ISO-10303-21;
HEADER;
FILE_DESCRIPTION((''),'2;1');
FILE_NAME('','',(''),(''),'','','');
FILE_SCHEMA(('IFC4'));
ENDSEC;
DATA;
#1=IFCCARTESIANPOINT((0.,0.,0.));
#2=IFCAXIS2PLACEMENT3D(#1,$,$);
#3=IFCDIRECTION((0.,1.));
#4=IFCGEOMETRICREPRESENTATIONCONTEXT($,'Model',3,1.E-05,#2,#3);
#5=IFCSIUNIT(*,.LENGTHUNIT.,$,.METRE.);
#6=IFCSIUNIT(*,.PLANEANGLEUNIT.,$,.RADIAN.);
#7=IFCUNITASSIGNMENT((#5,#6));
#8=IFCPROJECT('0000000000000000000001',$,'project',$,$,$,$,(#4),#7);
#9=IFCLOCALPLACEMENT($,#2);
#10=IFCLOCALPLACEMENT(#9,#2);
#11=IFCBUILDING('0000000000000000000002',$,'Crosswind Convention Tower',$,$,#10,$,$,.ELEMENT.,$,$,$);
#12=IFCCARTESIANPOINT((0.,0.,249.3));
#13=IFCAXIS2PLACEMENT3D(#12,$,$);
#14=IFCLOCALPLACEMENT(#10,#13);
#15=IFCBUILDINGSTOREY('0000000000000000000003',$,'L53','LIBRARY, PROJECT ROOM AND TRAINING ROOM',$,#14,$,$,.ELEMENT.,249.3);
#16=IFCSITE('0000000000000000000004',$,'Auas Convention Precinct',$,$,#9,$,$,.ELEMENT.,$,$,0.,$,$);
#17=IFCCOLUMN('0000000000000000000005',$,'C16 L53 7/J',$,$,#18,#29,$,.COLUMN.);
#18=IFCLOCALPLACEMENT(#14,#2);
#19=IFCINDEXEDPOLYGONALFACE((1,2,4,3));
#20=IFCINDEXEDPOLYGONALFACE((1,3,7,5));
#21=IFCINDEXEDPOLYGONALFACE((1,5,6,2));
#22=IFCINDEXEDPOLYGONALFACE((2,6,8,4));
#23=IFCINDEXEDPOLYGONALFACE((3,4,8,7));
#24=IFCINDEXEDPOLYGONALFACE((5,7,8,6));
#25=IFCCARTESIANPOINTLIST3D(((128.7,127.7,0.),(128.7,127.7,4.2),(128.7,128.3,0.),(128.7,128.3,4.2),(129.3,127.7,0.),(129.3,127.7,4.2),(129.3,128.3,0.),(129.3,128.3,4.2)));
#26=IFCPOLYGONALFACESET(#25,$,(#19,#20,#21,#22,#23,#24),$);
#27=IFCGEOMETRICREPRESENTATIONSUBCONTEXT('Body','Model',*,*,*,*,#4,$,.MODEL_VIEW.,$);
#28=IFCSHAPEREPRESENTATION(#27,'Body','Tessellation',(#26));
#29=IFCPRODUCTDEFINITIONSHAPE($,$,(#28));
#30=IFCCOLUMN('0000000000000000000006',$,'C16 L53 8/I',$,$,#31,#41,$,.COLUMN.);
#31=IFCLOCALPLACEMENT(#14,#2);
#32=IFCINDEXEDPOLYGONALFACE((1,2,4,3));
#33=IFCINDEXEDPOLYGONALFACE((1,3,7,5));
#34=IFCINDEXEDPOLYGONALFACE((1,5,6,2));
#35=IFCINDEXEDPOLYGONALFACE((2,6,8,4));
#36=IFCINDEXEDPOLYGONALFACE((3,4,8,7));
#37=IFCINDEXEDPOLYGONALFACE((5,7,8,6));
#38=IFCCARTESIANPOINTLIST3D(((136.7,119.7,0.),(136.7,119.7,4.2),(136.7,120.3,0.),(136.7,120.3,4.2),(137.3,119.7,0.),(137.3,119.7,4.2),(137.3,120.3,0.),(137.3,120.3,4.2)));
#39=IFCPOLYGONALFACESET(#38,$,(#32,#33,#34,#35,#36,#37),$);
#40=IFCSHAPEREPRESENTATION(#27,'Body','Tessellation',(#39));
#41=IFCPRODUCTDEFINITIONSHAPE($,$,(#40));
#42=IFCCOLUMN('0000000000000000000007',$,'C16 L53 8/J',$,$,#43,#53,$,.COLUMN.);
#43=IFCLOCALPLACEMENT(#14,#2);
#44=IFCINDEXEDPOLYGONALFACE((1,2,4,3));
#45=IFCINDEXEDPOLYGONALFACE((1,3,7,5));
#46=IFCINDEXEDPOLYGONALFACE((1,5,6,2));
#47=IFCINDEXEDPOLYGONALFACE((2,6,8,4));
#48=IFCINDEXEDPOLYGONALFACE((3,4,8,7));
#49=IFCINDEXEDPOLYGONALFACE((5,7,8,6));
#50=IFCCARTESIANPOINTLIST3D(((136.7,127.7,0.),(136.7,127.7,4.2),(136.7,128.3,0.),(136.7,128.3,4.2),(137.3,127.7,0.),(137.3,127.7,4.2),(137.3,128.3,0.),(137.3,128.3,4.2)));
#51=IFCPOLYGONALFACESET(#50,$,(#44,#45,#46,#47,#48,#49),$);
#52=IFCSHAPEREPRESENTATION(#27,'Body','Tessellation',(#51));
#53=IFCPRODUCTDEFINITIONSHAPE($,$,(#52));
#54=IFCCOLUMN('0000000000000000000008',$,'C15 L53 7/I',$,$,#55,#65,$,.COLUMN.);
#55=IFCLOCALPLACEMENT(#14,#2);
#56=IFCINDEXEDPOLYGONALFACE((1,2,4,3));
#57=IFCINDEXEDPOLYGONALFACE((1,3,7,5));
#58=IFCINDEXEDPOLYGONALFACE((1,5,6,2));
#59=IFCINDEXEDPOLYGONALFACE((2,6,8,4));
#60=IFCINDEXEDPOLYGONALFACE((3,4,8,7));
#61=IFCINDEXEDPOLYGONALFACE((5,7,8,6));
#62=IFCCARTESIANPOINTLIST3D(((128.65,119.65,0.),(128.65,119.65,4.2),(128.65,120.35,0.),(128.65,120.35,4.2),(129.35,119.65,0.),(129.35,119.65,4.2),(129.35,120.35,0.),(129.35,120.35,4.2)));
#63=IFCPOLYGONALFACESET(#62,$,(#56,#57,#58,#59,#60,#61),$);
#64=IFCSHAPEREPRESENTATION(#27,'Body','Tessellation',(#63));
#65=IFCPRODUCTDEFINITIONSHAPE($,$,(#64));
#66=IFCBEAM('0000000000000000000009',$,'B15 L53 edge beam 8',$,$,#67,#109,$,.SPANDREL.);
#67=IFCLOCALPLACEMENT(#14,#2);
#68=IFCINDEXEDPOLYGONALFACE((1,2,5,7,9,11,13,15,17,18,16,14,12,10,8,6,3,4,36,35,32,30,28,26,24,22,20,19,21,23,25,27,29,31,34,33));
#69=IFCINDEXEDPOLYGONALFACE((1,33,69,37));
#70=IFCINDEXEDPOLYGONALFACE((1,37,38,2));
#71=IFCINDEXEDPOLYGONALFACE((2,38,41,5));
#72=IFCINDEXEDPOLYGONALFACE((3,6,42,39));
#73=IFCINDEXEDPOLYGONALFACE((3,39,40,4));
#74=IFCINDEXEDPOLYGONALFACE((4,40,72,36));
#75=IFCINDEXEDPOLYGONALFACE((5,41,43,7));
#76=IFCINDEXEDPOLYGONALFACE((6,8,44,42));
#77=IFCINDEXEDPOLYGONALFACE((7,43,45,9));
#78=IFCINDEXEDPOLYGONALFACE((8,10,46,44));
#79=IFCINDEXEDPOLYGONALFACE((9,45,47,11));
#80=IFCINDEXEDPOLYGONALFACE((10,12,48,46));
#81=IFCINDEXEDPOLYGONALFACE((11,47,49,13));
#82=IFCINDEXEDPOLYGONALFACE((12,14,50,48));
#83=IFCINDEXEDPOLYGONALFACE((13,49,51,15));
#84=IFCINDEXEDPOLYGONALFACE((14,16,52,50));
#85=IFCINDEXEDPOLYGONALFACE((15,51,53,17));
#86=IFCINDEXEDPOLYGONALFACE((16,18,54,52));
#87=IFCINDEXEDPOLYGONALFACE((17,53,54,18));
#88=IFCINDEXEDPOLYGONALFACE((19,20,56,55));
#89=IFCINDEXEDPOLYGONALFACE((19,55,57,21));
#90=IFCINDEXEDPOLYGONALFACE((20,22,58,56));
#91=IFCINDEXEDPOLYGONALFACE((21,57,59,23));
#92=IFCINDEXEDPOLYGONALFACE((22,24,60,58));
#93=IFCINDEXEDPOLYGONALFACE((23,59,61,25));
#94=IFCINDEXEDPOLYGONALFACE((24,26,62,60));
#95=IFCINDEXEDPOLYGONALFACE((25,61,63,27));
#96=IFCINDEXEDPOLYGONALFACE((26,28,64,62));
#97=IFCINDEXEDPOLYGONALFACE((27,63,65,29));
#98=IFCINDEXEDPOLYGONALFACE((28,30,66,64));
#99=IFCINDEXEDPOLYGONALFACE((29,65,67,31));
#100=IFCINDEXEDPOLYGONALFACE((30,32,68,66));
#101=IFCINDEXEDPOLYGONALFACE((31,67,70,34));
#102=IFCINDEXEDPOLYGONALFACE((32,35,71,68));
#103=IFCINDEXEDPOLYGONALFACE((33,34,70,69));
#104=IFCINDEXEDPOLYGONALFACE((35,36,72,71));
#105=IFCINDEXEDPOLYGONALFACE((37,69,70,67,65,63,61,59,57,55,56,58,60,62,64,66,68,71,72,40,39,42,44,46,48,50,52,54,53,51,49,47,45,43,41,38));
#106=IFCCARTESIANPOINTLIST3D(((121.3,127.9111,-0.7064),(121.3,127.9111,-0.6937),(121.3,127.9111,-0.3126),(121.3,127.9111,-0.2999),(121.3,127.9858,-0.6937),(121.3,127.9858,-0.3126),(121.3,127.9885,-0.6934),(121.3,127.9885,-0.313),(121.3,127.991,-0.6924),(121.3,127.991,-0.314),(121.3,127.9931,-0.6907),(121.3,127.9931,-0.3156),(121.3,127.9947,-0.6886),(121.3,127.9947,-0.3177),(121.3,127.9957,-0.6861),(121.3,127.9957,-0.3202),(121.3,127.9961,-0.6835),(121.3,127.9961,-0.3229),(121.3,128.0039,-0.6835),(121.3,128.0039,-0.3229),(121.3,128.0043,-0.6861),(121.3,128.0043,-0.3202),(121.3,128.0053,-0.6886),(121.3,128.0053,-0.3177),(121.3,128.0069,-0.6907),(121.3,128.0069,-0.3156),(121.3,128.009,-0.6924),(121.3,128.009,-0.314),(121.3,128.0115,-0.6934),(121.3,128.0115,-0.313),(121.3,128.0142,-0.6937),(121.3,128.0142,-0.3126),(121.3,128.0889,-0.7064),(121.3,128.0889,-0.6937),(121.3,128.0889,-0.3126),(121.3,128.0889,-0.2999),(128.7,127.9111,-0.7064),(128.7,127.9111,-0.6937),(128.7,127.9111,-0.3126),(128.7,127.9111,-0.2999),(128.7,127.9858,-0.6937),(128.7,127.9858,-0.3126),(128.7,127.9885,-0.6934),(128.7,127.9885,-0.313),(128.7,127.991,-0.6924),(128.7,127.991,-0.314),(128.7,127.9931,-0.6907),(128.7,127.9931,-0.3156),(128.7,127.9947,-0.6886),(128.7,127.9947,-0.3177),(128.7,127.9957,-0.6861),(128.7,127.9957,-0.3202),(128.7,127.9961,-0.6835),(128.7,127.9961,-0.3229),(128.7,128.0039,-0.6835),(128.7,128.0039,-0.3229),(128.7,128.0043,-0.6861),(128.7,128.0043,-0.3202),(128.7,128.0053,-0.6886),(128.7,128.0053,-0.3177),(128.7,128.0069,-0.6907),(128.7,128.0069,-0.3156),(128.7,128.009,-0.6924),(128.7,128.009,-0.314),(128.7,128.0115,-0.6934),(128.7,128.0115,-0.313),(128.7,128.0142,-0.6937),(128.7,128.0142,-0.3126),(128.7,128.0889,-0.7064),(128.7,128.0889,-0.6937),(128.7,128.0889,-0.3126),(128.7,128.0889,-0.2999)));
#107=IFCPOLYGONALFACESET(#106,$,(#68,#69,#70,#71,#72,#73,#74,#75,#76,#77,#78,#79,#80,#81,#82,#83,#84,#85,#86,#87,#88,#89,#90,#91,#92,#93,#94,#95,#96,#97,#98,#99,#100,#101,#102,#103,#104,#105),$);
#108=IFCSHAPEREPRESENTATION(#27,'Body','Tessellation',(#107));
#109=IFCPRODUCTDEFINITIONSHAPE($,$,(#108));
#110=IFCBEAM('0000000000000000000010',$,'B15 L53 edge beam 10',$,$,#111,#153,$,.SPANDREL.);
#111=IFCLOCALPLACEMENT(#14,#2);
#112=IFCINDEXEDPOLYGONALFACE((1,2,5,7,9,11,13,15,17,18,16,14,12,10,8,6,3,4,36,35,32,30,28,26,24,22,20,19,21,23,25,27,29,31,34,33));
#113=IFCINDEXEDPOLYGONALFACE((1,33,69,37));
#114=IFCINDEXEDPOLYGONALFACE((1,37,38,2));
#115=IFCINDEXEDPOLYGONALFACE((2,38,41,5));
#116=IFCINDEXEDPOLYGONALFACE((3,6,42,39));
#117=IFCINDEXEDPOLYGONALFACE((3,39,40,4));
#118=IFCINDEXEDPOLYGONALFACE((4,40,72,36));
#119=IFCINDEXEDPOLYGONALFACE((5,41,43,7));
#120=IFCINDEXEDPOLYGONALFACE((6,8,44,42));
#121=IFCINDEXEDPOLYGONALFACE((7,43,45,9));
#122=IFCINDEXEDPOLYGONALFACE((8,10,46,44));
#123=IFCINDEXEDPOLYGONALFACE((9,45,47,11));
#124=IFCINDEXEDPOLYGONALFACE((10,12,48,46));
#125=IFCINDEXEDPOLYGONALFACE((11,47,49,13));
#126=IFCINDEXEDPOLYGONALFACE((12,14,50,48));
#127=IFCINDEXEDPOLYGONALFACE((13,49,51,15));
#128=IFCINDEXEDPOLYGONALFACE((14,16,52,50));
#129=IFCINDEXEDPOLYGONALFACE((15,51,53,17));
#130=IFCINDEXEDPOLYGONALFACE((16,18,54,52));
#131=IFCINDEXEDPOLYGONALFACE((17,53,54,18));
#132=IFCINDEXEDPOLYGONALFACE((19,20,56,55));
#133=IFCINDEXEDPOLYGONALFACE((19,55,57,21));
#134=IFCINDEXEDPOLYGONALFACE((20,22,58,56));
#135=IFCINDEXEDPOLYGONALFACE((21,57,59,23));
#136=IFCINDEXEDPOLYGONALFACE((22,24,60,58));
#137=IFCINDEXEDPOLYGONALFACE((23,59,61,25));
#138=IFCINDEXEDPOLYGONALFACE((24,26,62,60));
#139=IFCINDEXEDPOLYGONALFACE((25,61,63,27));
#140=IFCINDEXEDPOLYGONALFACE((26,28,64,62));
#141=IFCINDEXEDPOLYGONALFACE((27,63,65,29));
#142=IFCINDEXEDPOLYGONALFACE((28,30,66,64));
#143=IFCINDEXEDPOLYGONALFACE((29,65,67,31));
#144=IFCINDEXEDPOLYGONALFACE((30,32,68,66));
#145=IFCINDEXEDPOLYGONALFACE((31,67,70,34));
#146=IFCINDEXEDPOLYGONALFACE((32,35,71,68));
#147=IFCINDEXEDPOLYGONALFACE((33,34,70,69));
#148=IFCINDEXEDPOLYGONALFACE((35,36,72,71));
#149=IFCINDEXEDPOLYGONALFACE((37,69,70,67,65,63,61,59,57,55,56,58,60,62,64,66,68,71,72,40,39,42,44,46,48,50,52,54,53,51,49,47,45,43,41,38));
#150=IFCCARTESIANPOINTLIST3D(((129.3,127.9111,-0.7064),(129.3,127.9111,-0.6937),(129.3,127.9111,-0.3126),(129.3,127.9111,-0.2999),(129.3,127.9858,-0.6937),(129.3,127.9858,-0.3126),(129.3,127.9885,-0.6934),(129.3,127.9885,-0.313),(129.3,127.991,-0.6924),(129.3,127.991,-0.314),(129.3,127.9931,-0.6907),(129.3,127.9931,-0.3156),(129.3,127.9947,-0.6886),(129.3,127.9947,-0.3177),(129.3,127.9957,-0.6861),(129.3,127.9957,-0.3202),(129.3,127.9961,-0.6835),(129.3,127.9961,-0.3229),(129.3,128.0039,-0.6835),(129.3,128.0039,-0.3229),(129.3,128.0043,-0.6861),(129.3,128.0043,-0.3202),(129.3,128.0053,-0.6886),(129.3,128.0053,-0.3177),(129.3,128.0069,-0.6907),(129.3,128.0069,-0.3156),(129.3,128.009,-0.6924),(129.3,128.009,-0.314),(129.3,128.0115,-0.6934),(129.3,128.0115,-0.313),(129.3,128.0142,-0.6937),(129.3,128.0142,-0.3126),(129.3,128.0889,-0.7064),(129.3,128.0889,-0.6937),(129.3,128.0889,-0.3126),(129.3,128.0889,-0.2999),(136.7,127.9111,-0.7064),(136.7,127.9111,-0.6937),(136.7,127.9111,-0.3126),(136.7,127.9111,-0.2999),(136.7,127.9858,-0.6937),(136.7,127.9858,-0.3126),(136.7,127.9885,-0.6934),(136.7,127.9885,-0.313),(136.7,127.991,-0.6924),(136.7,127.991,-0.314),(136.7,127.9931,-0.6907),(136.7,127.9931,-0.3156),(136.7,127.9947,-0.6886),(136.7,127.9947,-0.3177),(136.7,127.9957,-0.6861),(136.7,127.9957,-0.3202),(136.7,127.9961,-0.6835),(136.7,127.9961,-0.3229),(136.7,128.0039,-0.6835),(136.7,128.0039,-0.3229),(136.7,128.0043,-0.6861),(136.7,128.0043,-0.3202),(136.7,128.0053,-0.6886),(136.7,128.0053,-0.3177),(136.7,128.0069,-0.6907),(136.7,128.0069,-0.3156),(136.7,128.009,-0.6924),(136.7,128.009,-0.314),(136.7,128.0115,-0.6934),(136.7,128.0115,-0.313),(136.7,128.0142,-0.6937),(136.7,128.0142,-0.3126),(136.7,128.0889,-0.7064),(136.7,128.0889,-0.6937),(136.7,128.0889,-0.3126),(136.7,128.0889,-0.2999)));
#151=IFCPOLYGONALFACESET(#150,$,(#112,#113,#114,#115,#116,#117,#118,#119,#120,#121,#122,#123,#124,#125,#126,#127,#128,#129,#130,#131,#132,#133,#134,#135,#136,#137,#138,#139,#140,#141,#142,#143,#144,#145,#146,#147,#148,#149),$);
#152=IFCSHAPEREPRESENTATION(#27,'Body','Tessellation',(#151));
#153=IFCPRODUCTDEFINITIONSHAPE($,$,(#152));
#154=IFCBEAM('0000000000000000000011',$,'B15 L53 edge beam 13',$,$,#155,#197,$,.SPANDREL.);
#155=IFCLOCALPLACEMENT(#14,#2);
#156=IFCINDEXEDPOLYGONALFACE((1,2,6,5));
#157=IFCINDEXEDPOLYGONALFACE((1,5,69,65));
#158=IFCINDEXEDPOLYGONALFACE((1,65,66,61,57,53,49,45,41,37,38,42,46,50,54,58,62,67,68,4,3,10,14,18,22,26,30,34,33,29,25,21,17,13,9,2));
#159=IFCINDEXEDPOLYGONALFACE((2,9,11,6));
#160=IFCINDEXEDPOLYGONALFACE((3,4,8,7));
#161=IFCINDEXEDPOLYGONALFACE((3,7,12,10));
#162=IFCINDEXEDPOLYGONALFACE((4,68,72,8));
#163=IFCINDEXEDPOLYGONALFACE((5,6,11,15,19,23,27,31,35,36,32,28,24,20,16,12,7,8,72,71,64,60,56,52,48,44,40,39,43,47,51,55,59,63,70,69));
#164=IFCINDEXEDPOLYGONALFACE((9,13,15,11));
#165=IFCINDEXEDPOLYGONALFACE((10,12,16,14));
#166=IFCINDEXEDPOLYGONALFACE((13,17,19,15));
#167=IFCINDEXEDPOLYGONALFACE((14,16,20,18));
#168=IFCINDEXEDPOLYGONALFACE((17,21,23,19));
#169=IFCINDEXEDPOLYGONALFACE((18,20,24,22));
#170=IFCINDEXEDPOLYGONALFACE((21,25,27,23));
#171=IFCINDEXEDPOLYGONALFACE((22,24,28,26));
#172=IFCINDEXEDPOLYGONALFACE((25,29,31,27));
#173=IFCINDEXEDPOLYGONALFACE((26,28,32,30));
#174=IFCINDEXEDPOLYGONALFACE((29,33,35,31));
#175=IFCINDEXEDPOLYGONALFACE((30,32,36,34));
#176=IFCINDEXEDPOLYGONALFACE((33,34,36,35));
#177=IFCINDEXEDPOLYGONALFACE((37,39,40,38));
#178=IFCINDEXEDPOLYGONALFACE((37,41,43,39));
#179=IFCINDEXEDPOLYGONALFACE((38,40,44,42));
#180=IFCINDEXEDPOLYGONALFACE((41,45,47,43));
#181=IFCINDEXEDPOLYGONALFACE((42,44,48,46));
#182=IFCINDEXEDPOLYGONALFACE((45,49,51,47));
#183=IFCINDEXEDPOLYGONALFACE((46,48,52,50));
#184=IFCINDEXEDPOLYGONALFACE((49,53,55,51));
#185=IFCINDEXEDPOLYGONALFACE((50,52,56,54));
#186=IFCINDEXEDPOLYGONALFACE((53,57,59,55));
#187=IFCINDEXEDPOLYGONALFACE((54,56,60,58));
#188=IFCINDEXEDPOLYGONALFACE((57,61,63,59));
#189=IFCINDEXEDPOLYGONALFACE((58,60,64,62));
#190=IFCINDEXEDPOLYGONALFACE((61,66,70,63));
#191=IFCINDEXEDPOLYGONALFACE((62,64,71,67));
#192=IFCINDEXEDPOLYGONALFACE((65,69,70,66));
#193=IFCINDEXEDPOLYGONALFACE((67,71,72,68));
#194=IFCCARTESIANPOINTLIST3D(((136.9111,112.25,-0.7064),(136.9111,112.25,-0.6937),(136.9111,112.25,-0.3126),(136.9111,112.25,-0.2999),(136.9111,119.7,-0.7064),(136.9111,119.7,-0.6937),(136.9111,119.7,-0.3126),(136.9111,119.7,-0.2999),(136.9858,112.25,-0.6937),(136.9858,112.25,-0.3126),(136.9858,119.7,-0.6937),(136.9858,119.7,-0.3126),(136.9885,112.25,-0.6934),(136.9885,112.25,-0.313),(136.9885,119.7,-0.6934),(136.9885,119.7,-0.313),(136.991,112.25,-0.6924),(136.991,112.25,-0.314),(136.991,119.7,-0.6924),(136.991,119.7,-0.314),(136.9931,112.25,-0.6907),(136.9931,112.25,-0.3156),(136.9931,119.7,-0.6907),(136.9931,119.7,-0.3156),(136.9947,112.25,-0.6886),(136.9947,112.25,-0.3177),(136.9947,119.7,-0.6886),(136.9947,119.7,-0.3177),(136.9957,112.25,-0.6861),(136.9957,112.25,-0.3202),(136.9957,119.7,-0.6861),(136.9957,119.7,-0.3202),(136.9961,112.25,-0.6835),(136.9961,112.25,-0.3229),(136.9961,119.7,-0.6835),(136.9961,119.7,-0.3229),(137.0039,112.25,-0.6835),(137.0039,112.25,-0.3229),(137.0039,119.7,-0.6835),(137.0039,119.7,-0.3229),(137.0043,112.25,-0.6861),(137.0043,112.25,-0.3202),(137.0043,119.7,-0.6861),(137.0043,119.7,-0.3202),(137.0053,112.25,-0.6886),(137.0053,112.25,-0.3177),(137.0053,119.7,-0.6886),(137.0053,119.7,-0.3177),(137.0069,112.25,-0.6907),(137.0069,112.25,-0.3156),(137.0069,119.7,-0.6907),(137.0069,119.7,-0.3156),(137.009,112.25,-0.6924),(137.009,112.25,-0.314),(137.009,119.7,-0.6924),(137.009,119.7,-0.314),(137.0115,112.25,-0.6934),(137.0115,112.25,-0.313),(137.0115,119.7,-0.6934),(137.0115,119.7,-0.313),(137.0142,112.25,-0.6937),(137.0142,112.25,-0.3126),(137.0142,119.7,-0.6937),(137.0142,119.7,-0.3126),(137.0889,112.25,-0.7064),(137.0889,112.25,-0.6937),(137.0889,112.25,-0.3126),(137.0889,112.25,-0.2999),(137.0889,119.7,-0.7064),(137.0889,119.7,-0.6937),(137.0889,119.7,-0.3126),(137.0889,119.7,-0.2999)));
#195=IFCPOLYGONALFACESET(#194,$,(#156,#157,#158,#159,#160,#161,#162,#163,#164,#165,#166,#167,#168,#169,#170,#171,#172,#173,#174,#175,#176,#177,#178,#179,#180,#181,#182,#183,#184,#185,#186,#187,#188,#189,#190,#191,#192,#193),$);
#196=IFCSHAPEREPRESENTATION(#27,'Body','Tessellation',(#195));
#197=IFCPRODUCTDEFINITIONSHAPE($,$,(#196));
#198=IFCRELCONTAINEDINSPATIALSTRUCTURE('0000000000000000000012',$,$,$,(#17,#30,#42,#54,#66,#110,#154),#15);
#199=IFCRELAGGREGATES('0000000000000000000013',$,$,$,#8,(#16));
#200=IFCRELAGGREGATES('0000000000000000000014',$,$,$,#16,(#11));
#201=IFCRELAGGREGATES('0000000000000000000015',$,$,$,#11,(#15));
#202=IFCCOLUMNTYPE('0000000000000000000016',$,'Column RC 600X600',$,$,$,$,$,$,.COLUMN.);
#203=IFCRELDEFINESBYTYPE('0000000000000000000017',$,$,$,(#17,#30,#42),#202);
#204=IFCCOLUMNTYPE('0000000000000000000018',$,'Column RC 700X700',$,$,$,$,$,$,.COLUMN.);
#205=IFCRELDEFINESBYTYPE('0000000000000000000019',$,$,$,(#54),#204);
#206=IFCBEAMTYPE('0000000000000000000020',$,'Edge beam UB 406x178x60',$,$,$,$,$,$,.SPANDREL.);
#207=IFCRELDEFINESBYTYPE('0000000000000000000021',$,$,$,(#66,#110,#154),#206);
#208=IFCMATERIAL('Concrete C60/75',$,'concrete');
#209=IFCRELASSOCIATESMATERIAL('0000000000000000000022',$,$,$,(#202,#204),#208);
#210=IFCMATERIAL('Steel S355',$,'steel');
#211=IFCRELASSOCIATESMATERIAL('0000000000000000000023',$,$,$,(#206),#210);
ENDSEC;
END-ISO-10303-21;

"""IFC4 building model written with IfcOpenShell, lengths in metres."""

from ifc_helpers import new_model, si_unit, direction, frame, origin, origin_2d, place, context, subcontext, project, spatial, rectangle, i_section, extrude, material, material_profile, profile_set, type_object, element, save


model = new_model("IFC4")

# Units and contexts
model_context = context("Model", 3, precision=1e-05, world=origin(), true_north=direction((0.0, 1.0)))
body_context = subcontext(model_context, "Body", "Model", "MODEL_VIEW")
ifc_project = project(units=[si_unit("LENGTHUNIT", "METRE"), si_unit("PLANEANGLEUNIT", "RADIAN")], contexts=[model_context])

# Site, building, storey
site_placement = place(None, origin())
site = spatial("IfcSite", under=ifc_project, at=site_placement, Name="Auas Convention Precinct", CompositionType="ELEMENT", RefElevation=0.0)
building_placement = place(site_placement, origin())
building = spatial("IfcBuilding", under=site, at=building_placement, Name="Crosswind Convention Tower", CompositionType="ELEMENT")
storey_placement = place(building_placement, frame((0.0, 0.0, 249.3)))
storey = spatial("IfcBuildingStorey", under=building, at=storey_placement, Name="L53", Description="LIBRARY, PROJECT ROOM AND TRAINING ROOM", CompositionType="ELEMENT", Elevation=249.3)

# Columns
ifc_material_1 = material(Name="Concrete C60/75", Category="concrete")
ifc_material_profile_1 = material_profile(ifc_material_1, rectangle(XDim=0.6001, YDim=0.6001, at=origin_2d()), Name="RC 600X600")
ifc_profile_set_1 = profile_set([ifc_material_profile_1], Name="Concrete C60/75")
column_type_1 = type_object("IfcColumnType", Name="Column RC 600X600", PredefinedType="COLUMN", material=ifc_profile_set_1)
for number, where, z_axis, x_axis, name in (
    (1, (129.0, 128.0, 0.0), (0.0, 0.0, 1.0), (1.0, 0.0, 0.0), "C16 L53 7/J"),
    (2, (137.0, 120.0, 0.0), (0.0, 0.0, 1.0), (1.0, 0.0, 0.0), "C16 L53 8/I"),
    (3, (137.0, 128.0, 0.0), (0.0, 0.0, 1.0), (1.0, 0.0, 0.0), "C16 L53 8/J"),
):
    element("IfcColumn", number, at=place(storey_placement, frame(where, z_axis=z_axis, x_axis=x_axis)), inside=storey, type_object=column_type_1, Name=name, PredefinedType="COLUMN", context=body_context, shape_type="SweptSolid", body=[
        extrude(rectangle(XDim=0.6001, YDim=0.6001, at=origin_2d()), origin(), (0.0, 0.0, 1.0), 4.2),
    ])
ifc_material_profile_2 = material_profile(ifc_material_1, rectangle(XDim=0.7, YDim=0.7, at=origin_2d()), Name="RC 700X700")
ifc_profile_set_2 = profile_set([ifc_material_profile_2], Name="Concrete C60/75")
column_type_2 = type_object("IfcColumnType", Name="Column RC 700X700", PredefinedType="COLUMN", material=ifc_profile_set_2)
column_placement = place(storey_placement, frame((129.0, 120.0, 0.0), z_axis=(0.0, 0.0, 1.0), x_axis=(1.0, 0.0, 0.0)))
element("IfcColumn", 4, at=column_placement, inside=storey, type_object=column_type_2, Name="C15 L53 7/I", PredefinedType="COLUMN", context=body_context, shape_type="SweptSolid", body=[
    extrude(rectangle(XDim=0.7, YDim=0.7, at=origin_2d()), origin(), (0.0, 0.0, 1.0), 4.2),
])

# Beams
ifc_material_2 = material(Name="Steel S355", Category="steel")
ifc_material_profile_3 = material_profile(ifc_material_2, i_section(OverallWidth=0.1777, OverallDepth=0.4065, WebThickness=0.0078, FlangeThickness=0.0127, FilletRadius=0.0103, at=origin_2d()), Name="UB 406x178x60")
ifc_profile_set_3 = profile_set([ifc_material_profile_3], Name="Steel S355")
beam_type_1 = type_object("IfcBeamType", Name="Edge beam UB 406x178x60", PredefinedType="SPANDREL", material=ifc_profile_set_3)
for number, where, z_axis, x_axis, name in (
    (5, (121.3, 128.0, -0.5032), (1.0, 0.0, 0.0), (0.0, 1.0, 0.0), "B15 L53 edge beam 8"),
    (6, (129.3, 128.0, -0.5032), (1.0, 0.0, 0.0), (0.0, 1.0, 0.0), "B15 L53 edge beam 10"),
):
    element("IfcBeam", number, at=place(storey_placement, frame(where, z_axis=z_axis, x_axis=x_axis)), inside=storey, type_object=beam_type_1, Name=name, PredefinedType="SPANDREL", context=body_context, shape_type="SweptSolid", body=[
        extrude(i_section(OverallWidth=0.1777, OverallDepth=0.4065, WebThickness=0.0078, FlangeThickness=0.0127, FilletRadius=0.0103, at=origin_2d()), origin(), (0.0, 0.0, 1.0), 7.3999),
    ])
beam_1_placement = place(storey_placement, frame((137.0, 112.25, -0.5032), z_axis=(0.0, 1.0, 0.0), x_axis=(-1.0, 0.0, 0.0)))
element("IfcBeam", 7, at=beam_1_placement, inside=storey, type_object=beam_type_1, Name="B15 L53 edge beam 13", PredefinedType="SPANDREL", context=body_context, shape_type="SweptSolid", body=[
    extrude(i_section(OverallWidth=0.1777, OverallDepth=0.4065, WebThickness=0.0078, FlangeThickness=0.0127, FilletRadius=0.0103, at=origin_2d()), origin(), (0.0, 0.0, 1.0), 7.45),
])

save(model, "model.ifc")
